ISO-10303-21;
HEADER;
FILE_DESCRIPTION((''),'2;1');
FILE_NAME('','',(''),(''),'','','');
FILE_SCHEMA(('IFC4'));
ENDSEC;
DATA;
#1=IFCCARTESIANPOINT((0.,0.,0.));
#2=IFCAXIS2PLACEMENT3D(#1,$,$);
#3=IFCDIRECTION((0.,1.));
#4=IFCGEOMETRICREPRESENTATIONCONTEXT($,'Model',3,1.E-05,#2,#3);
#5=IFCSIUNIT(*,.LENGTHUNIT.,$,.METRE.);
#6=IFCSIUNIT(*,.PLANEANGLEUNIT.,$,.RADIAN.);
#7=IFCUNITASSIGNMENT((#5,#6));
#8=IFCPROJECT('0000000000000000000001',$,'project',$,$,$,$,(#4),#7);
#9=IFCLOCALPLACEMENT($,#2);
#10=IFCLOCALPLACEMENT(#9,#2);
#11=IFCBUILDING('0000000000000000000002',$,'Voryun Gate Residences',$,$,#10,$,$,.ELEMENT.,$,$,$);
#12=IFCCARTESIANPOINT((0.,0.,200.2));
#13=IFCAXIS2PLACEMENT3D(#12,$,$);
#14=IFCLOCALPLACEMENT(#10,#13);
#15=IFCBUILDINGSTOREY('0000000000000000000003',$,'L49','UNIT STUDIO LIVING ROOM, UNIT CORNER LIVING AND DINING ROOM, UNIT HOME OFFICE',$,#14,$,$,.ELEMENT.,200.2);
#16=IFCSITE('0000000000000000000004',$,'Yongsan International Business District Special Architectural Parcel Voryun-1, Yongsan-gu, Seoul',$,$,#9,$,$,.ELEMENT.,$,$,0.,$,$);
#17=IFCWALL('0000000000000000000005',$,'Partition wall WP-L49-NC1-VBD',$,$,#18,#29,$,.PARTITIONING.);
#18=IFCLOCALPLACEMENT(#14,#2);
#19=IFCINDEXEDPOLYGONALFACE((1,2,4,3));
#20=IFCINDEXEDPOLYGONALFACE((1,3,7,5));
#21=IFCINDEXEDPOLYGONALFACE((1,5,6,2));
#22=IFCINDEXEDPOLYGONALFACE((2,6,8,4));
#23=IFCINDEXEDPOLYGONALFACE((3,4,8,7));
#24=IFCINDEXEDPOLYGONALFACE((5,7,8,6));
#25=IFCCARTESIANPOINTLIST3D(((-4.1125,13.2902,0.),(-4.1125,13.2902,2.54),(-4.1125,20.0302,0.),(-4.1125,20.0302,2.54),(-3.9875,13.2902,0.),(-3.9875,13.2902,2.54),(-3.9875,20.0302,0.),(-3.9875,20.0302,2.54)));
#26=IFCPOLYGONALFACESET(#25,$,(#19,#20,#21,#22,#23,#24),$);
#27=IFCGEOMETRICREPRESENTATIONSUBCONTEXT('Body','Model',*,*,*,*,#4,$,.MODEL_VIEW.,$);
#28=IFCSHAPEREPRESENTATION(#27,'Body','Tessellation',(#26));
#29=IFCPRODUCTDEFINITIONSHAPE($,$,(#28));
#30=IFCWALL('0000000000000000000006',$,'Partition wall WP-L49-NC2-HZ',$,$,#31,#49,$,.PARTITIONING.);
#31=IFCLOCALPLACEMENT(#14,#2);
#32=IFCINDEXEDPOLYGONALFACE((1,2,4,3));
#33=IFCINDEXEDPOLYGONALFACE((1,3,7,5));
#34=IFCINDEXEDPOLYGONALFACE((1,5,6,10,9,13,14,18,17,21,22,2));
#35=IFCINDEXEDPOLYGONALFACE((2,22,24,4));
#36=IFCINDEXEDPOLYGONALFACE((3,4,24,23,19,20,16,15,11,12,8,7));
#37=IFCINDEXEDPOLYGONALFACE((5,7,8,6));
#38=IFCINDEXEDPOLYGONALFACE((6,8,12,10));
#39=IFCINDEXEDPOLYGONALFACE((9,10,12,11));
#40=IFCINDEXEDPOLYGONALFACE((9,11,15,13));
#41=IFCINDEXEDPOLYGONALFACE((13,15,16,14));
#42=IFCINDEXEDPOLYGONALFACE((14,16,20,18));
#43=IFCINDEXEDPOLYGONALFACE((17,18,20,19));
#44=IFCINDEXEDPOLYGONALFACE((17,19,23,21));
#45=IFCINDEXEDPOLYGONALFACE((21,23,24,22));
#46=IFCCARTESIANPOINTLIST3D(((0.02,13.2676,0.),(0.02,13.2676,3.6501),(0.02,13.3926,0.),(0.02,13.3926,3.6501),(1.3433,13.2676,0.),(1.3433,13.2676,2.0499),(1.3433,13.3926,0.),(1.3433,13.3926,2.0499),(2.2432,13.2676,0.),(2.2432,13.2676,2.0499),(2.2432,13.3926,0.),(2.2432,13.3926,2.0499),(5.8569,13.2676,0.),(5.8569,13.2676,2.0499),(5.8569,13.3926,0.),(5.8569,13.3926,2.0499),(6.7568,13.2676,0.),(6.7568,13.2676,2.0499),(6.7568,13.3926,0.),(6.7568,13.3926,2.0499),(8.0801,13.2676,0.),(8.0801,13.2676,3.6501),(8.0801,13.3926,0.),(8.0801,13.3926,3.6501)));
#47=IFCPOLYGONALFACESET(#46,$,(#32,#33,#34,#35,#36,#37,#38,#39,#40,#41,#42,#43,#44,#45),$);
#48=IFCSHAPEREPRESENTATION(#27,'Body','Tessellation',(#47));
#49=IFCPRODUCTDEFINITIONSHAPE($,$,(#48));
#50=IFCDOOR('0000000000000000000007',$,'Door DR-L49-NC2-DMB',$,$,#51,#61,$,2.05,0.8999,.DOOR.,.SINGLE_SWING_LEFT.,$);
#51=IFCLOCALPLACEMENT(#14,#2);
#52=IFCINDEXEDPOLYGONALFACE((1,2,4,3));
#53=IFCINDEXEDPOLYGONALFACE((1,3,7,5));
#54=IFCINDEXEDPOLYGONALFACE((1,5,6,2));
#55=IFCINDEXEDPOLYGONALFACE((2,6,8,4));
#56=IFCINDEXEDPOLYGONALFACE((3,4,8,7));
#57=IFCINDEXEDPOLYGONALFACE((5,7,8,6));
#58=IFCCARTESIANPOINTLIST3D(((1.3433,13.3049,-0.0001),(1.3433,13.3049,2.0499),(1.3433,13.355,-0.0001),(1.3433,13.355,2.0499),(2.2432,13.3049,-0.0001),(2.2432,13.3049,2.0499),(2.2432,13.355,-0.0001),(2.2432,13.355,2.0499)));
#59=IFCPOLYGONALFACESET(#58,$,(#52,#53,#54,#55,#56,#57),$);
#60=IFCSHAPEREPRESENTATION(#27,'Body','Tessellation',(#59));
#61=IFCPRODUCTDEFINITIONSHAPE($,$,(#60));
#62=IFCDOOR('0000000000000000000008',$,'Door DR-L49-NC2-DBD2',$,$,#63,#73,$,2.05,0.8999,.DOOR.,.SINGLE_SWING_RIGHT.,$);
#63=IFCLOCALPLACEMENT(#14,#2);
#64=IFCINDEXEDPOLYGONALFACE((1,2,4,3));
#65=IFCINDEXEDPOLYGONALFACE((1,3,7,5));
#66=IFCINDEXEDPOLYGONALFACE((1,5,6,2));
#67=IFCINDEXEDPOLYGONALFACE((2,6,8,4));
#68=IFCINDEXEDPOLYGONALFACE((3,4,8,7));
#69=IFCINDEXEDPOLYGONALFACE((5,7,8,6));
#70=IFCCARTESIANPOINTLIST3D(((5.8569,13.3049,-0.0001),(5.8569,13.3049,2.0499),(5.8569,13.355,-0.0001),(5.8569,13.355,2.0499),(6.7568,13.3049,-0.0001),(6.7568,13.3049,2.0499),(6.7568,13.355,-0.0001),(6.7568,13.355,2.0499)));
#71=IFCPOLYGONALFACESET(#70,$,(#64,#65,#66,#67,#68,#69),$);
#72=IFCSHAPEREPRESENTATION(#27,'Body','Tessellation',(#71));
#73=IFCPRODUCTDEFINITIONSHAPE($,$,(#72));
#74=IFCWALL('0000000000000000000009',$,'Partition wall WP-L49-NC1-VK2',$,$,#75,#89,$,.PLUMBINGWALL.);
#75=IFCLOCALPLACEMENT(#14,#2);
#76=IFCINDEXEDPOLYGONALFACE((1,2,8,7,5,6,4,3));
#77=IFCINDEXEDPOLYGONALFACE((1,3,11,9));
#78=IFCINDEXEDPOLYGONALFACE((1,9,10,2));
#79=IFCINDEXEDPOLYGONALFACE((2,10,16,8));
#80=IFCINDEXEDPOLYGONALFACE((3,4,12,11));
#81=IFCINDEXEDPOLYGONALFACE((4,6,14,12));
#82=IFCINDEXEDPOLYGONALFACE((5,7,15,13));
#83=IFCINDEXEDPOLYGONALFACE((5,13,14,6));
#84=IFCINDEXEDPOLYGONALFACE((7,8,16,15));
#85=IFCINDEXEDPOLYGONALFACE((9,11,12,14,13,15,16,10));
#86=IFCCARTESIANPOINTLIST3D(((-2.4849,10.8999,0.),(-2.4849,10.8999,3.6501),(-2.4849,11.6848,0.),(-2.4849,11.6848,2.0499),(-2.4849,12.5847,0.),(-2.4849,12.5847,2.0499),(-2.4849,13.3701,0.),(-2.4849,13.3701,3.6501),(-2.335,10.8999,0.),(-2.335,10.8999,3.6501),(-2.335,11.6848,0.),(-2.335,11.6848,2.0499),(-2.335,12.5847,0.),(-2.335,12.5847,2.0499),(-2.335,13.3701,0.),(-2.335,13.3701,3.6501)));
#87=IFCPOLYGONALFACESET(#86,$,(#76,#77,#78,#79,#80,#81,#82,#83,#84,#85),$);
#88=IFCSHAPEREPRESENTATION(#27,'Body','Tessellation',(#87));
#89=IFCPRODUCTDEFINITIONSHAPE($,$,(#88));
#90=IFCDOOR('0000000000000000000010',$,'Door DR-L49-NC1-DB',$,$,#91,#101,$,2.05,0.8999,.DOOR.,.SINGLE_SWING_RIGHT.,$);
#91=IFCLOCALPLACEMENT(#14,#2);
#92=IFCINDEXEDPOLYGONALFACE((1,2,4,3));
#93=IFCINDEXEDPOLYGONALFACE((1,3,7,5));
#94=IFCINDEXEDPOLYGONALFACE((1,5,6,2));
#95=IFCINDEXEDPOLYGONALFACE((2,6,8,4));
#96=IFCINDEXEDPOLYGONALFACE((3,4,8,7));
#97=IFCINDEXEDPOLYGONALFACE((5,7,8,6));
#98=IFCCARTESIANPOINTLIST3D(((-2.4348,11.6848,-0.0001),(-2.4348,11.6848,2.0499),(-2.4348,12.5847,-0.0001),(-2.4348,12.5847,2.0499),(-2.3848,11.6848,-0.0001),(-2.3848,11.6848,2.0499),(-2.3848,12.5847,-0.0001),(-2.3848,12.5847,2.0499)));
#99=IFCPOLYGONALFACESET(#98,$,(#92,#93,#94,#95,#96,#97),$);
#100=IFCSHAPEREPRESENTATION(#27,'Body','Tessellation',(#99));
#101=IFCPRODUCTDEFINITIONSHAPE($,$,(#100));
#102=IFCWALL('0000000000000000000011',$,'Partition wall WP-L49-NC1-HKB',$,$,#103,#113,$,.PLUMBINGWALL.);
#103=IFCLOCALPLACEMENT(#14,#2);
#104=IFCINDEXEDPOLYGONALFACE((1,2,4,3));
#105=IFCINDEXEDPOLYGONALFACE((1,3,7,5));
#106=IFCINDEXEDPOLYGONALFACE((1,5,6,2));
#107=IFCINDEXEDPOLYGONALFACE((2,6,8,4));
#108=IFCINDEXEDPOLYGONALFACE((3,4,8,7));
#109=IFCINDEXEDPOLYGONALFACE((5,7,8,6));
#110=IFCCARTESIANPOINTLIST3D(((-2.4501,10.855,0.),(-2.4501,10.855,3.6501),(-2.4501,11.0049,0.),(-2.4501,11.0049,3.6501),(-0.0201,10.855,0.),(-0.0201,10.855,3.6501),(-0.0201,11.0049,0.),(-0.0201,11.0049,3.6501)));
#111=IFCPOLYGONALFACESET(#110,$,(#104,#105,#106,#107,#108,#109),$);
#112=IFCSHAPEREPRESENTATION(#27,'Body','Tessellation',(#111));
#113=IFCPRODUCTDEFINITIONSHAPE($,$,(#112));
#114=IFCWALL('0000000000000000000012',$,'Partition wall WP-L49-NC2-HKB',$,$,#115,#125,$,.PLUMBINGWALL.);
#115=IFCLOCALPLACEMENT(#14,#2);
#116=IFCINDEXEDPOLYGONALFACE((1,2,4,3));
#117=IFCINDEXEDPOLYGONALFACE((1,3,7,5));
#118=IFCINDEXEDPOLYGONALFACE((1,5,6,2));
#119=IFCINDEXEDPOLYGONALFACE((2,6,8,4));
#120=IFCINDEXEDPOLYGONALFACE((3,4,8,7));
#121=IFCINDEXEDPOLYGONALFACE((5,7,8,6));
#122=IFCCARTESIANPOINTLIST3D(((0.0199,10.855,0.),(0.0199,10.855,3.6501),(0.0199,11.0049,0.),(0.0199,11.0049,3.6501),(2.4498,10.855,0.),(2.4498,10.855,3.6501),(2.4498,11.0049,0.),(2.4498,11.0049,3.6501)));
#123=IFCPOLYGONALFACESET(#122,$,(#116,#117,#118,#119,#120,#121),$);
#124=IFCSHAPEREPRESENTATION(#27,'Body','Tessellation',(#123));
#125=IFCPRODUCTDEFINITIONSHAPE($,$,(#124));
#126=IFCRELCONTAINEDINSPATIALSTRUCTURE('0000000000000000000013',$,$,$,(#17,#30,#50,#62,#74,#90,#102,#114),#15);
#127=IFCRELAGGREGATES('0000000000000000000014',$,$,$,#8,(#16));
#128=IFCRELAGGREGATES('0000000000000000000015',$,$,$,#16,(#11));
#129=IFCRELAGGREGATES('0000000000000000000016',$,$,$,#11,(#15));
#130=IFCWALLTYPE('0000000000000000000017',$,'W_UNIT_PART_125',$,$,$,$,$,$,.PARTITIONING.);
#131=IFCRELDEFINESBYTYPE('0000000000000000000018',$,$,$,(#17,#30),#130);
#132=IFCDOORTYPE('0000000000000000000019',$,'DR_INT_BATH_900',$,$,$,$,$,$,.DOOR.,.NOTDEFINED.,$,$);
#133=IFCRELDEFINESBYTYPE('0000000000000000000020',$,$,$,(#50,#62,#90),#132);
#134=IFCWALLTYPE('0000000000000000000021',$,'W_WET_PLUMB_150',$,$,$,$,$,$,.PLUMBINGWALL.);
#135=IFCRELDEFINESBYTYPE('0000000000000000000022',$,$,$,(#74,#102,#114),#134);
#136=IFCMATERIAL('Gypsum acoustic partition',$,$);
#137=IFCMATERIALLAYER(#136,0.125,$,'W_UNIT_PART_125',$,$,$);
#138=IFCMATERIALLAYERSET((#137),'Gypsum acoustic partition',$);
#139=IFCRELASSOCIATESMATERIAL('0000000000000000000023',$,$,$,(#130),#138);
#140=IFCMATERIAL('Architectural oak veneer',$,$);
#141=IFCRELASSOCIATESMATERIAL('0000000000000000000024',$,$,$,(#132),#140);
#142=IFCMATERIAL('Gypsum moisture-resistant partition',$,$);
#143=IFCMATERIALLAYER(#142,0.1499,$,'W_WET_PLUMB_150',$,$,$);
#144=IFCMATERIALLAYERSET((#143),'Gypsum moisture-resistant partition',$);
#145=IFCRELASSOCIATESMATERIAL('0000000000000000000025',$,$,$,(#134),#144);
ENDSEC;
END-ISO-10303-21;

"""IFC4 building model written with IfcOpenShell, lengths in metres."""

from ifc_helpers import new_model, si_unit, direction, frame, frame_2d, origin, place, context, subcontext, project, spatial, rectangle, extrude, material, layer, layer_set, type_object, element, fill, save


model = new_model("IFC4")

# Units and contexts
model_context = context("Model", 3, precision=1e-05, world=origin(), true_north=direction((0.0, 1.0)))
body_context = subcontext(model_context, "Body", "Model", "MODEL_VIEW")
ifc_project = project(units=[si_unit("LENGTHUNIT", "METRE"), si_unit("PLANEANGLEUNIT", "RADIAN")], contexts=[model_context])

# Site, building, storey
site_placement = place(None, origin())
site = spatial("IfcSite", under=ifc_project, at=site_placement, Name="Yongsan International Business District Special Architectural Parcel Voryun-1, Yongsan-gu, Seoul", CompositionType="ELEMENT", RefElevation=0.0)
building_placement = place(site_placement, origin())
building = spatial("IfcBuilding", under=site, at=building_placement, Name="Voryun Gate Residences", CompositionType="ELEMENT")
storey_placement = place(building_placement, frame((0.0, 0.0, 200.2)))
storey = spatial("IfcBuildingStorey", under=building, at=storey_placement, Name="L49", Description="UNIT STUDIO LIVING ROOM, UNIT CORNER LIVING AND DINING ROOM, UNIT HOME OFFICE", CompositionType="ELEMENT", Elevation=200.2)

# Shared definitions
ifc_material_1 = material(Name="Gypsum acoustic partition")
ifc_layer_1 = layer(ifc_material_1, 0.125, Name="W_UNIT_PART_125")
ifc_layer_set_1 = layer_set([ifc_layer_1], Name="Gypsum acoustic partition")
wall_type_1 = type_object("IfcWallType", Name="W_UNIT_PART_125", PredefinedType="PARTITIONING", material=ifc_layer_set_1)
ifc_material_2 = material(Name="Architectural oak veneer")
door_type = type_object("IfcDoorType", Name="DR_INT_BATH_900", OperationType="NOTDEFINED", PredefinedType="DOOR", material=ifc_material_2)

# Wall
wall_1_placement = place(storey_placement, frame((-4.05, 13.29, 0.0), z_axis=(0.0, 0.0, 1.0), x_axis=(0.0, 1.0, 0.0)))
element("IfcWall", 1, at=wall_1_placement, inside=storey, type_object=wall_type_1, Name="Partition wall WP-L49-NC1-VBD", PredefinedType="PARTITIONING", context=body_context, shape_type="SweptSolid", body=[
    extrude(rectangle(XDim=6.74, YDim=0.125, at=frame_2d((3.3701, 0.0))), origin(), (0.0, 0.0, 1.0), 2.54),
])

# Wall, openings, doors
wall_2_placement = place(storey_placement, frame((0.02, 13.3301, 0.0), z_axis=(0.0, 0.0, 1.0), x_axis=(1.0, 0.0, 0.0)))
wall_2 = element("IfcWall", 2, at=wall_2_placement, inside=storey, type_object=wall_type_1, Name="Partition wall WP-L49-NC2-HZ", PredefinedType="PARTITIONING", context=body_context, shape_type="SweptSolid", body=[
    extrude(rectangle(XDim=8.0601, YDim=0.125, at=frame_2d((4.03, 0.0))), origin(), (0.0, 0.0, 1.0), 3.6501),
])
opening_1_placement = place(wall_2_placement, frame((1.3232, 0.0, 0.0)))
opening_1 = element("IfcOpeningElement", 3, at=opening_1_placement, cuts=wall_2, PredefinedType="OPENING", context=body_context, shape_type="SweptSolid", body=[
    extrude(rectangle(XDim=0.8999, YDim=2.05, at=frame_2d((0.45, 1.0249))), frame((0.0, 0.0725, 0.0), z_axis=(0.0, -1.0, 0.0), x_axis=(1.0, 0.0, 0.0)), (0.0, 0.0, 1.0), 0.145),
])
opening_2_placement = place(wall_2_placement, frame((5.8369, 0.0, 0.0)))
opening_2 = element("IfcOpeningElement", 4, at=opening_2_placement, cuts=wall_2, PredefinedType="OPENING", context=body_context, shape_type="SweptSolid", body=[
    extrude(rectangle(XDim=0.8999, YDim=2.05, at=frame_2d((0.45, 1.0249))), frame((0.0, 0.0725, 0.0), z_axis=(0.0, -1.0, 0.0), x_axis=(1.0, 0.0, 0.0)), (0.0, 0.0, 1.0), 0.145),
])
door_1_placement = place(opening_1_placement, origin())
door_1 = element("IfcDoor", 5, at=door_1_placement, inside=storey, type_object=door_type, Name="Door DR-L49-NC2-DMB", OperationType="SINGLE_SWING_LEFT", OverallHeight=2.05, OverallWidth=0.8999, PredefinedType="DOOR", context=body_context, shape_type="SweptSolid", body=[
    extrude(rectangle(XDim=0.8999, YDim=2.05, at=frame_2d((0.45, 1.0249))), frame((0.0, 0.0249, 0.0), z_axis=(0.0, -1.0, 0.0), x_axis=(1.0, 0.0, 0.0)), (0.0, 0.0, 1.0), 0.05),
])
fill(opening_1, door_1)
door_2_placement = place(opening_2_placement, origin())
door_2 = element("IfcDoor", 6, at=door_2_placement, inside=storey, type_object=door_type, Name="Door DR-L49-NC2-DBD2", OperationType="SINGLE_SWING_RIGHT", OverallHeight=2.05, OverallWidth=0.8999, PredefinedType="DOOR", context=body_context, shape_type="SweptSolid", body=[
    extrude(rectangle(XDim=0.8999, YDim=2.05, at=frame_2d((0.45, 1.0249))), frame((0.0, 0.0249, 0.0), z_axis=(0.0, -1.0, 0.0), x_axis=(1.0, 0.0, 0.0)), (0.0, 0.0, 1.0), 0.05),
])
fill(opening_2, door_2)

# Wall, opening, door
ifc_material_3 = material(Name="Gypsum moisture-resistant partition")
ifc_layer_2 = layer(ifc_material_3, 0.1499, Name="W_WET_PLUMB_150")
ifc_layer_set_2 = layer_set([ifc_layer_2], Name="Gypsum moisture-resistant partition")
wall_type_2 = type_object("IfcWallType", Name="W_WET_PLUMB_150", PredefinedType="PLUMBINGWALL", material=ifc_layer_set_2)
wall_3_placement = place(storey_placement, frame((-2.4099, 10.8999, 0.0), z_axis=(0.0, 0.0, 1.0), x_axis=(0.0, 1.0, 0.0)))
wall_3 = element("IfcWall", 7, at=wall_3_placement, inside=storey, type_object=wall_type_2, Name="Partition wall WP-L49-NC1-VK2", PredefinedType="PLUMBINGWALL", context=body_context, shape_type="SweptSolid", body=[
    extrude(rectangle(XDim=2.4702, YDim=0.1499, at=frame_2d((1.2351, 0.0))), origin(), (0.0, 0.0, 1.0), 3.6501),
])
opening_3_placement = place(wall_3_placement, frame((0.7849, 0.0, 0.0)))
opening_3 = element("IfcOpeningElement", 8, at=opening_3_placement, cuts=wall_3, PredefinedType="OPENING", context=body_context, shape_type="SweptSolid", body=[
    extrude(rectangle(XDim=0.8999, YDim=2.05, at=frame_2d((0.45, 1.0249))), frame((0.0, 0.085, 0.0), z_axis=(0.0, -1.0, 0.0), x_axis=(1.0, 0.0, 0.0)), (0.0, 0.0, 1.0), 0.1699),
])
door_3_placement = place(opening_3_placement, origin())
door_3 = element("IfcDoor", 9, at=door_3_placement, inside=storey, type_object=door_type, Name="Door DR-L49-NC1-DB", OperationType="SINGLE_SWING_RIGHT", OverallHeight=2.05, OverallWidth=0.8999, PredefinedType="DOOR", context=body_context, shape_type="SweptSolid", body=[
    extrude(rectangle(XDim=0.8999, YDim=2.05, at=frame_2d((0.45, 1.0249))), frame((0.0, 0.0249, 0.0), z_axis=(0.0, -1.0, 0.0), x_axis=(1.0, 0.0, 0.0)), (0.0, 0.0, 1.0), 0.05),
])
fill(opening_3, door_3)

# Walls
for number, where, z_axis, x_axis, name in (
    (10, (-2.45, 10.9299, 0.0), (0.0, 0.0, 1.0), (1.0, 0.0, 0.0), "Partition wall WP-L49-NC1-HKB"),
    (11, (0.02, 10.9299, 0.0), (0.0, 0.0, 1.0), (1.0, 0.0, 0.0), "Partition wall WP-L49-NC2-HKB"),
):
    element("IfcWall", number, at=place(storey_placement, frame(where, z_axis=z_axis, x_axis=x_axis)), inside=storey, type_object=wall_type_2, Name=name, PredefinedType="PLUMBINGWALL", context=body_context, shape_type="SweptSolid", body=[
        extrude(rectangle(XDim=2.4299, YDim=0.1499, at=frame_2d((1.2148, 0.0))), origin(), (0.0, 0.0, 1.0), 3.6501),
    ])

save(model, "model.ifc")
